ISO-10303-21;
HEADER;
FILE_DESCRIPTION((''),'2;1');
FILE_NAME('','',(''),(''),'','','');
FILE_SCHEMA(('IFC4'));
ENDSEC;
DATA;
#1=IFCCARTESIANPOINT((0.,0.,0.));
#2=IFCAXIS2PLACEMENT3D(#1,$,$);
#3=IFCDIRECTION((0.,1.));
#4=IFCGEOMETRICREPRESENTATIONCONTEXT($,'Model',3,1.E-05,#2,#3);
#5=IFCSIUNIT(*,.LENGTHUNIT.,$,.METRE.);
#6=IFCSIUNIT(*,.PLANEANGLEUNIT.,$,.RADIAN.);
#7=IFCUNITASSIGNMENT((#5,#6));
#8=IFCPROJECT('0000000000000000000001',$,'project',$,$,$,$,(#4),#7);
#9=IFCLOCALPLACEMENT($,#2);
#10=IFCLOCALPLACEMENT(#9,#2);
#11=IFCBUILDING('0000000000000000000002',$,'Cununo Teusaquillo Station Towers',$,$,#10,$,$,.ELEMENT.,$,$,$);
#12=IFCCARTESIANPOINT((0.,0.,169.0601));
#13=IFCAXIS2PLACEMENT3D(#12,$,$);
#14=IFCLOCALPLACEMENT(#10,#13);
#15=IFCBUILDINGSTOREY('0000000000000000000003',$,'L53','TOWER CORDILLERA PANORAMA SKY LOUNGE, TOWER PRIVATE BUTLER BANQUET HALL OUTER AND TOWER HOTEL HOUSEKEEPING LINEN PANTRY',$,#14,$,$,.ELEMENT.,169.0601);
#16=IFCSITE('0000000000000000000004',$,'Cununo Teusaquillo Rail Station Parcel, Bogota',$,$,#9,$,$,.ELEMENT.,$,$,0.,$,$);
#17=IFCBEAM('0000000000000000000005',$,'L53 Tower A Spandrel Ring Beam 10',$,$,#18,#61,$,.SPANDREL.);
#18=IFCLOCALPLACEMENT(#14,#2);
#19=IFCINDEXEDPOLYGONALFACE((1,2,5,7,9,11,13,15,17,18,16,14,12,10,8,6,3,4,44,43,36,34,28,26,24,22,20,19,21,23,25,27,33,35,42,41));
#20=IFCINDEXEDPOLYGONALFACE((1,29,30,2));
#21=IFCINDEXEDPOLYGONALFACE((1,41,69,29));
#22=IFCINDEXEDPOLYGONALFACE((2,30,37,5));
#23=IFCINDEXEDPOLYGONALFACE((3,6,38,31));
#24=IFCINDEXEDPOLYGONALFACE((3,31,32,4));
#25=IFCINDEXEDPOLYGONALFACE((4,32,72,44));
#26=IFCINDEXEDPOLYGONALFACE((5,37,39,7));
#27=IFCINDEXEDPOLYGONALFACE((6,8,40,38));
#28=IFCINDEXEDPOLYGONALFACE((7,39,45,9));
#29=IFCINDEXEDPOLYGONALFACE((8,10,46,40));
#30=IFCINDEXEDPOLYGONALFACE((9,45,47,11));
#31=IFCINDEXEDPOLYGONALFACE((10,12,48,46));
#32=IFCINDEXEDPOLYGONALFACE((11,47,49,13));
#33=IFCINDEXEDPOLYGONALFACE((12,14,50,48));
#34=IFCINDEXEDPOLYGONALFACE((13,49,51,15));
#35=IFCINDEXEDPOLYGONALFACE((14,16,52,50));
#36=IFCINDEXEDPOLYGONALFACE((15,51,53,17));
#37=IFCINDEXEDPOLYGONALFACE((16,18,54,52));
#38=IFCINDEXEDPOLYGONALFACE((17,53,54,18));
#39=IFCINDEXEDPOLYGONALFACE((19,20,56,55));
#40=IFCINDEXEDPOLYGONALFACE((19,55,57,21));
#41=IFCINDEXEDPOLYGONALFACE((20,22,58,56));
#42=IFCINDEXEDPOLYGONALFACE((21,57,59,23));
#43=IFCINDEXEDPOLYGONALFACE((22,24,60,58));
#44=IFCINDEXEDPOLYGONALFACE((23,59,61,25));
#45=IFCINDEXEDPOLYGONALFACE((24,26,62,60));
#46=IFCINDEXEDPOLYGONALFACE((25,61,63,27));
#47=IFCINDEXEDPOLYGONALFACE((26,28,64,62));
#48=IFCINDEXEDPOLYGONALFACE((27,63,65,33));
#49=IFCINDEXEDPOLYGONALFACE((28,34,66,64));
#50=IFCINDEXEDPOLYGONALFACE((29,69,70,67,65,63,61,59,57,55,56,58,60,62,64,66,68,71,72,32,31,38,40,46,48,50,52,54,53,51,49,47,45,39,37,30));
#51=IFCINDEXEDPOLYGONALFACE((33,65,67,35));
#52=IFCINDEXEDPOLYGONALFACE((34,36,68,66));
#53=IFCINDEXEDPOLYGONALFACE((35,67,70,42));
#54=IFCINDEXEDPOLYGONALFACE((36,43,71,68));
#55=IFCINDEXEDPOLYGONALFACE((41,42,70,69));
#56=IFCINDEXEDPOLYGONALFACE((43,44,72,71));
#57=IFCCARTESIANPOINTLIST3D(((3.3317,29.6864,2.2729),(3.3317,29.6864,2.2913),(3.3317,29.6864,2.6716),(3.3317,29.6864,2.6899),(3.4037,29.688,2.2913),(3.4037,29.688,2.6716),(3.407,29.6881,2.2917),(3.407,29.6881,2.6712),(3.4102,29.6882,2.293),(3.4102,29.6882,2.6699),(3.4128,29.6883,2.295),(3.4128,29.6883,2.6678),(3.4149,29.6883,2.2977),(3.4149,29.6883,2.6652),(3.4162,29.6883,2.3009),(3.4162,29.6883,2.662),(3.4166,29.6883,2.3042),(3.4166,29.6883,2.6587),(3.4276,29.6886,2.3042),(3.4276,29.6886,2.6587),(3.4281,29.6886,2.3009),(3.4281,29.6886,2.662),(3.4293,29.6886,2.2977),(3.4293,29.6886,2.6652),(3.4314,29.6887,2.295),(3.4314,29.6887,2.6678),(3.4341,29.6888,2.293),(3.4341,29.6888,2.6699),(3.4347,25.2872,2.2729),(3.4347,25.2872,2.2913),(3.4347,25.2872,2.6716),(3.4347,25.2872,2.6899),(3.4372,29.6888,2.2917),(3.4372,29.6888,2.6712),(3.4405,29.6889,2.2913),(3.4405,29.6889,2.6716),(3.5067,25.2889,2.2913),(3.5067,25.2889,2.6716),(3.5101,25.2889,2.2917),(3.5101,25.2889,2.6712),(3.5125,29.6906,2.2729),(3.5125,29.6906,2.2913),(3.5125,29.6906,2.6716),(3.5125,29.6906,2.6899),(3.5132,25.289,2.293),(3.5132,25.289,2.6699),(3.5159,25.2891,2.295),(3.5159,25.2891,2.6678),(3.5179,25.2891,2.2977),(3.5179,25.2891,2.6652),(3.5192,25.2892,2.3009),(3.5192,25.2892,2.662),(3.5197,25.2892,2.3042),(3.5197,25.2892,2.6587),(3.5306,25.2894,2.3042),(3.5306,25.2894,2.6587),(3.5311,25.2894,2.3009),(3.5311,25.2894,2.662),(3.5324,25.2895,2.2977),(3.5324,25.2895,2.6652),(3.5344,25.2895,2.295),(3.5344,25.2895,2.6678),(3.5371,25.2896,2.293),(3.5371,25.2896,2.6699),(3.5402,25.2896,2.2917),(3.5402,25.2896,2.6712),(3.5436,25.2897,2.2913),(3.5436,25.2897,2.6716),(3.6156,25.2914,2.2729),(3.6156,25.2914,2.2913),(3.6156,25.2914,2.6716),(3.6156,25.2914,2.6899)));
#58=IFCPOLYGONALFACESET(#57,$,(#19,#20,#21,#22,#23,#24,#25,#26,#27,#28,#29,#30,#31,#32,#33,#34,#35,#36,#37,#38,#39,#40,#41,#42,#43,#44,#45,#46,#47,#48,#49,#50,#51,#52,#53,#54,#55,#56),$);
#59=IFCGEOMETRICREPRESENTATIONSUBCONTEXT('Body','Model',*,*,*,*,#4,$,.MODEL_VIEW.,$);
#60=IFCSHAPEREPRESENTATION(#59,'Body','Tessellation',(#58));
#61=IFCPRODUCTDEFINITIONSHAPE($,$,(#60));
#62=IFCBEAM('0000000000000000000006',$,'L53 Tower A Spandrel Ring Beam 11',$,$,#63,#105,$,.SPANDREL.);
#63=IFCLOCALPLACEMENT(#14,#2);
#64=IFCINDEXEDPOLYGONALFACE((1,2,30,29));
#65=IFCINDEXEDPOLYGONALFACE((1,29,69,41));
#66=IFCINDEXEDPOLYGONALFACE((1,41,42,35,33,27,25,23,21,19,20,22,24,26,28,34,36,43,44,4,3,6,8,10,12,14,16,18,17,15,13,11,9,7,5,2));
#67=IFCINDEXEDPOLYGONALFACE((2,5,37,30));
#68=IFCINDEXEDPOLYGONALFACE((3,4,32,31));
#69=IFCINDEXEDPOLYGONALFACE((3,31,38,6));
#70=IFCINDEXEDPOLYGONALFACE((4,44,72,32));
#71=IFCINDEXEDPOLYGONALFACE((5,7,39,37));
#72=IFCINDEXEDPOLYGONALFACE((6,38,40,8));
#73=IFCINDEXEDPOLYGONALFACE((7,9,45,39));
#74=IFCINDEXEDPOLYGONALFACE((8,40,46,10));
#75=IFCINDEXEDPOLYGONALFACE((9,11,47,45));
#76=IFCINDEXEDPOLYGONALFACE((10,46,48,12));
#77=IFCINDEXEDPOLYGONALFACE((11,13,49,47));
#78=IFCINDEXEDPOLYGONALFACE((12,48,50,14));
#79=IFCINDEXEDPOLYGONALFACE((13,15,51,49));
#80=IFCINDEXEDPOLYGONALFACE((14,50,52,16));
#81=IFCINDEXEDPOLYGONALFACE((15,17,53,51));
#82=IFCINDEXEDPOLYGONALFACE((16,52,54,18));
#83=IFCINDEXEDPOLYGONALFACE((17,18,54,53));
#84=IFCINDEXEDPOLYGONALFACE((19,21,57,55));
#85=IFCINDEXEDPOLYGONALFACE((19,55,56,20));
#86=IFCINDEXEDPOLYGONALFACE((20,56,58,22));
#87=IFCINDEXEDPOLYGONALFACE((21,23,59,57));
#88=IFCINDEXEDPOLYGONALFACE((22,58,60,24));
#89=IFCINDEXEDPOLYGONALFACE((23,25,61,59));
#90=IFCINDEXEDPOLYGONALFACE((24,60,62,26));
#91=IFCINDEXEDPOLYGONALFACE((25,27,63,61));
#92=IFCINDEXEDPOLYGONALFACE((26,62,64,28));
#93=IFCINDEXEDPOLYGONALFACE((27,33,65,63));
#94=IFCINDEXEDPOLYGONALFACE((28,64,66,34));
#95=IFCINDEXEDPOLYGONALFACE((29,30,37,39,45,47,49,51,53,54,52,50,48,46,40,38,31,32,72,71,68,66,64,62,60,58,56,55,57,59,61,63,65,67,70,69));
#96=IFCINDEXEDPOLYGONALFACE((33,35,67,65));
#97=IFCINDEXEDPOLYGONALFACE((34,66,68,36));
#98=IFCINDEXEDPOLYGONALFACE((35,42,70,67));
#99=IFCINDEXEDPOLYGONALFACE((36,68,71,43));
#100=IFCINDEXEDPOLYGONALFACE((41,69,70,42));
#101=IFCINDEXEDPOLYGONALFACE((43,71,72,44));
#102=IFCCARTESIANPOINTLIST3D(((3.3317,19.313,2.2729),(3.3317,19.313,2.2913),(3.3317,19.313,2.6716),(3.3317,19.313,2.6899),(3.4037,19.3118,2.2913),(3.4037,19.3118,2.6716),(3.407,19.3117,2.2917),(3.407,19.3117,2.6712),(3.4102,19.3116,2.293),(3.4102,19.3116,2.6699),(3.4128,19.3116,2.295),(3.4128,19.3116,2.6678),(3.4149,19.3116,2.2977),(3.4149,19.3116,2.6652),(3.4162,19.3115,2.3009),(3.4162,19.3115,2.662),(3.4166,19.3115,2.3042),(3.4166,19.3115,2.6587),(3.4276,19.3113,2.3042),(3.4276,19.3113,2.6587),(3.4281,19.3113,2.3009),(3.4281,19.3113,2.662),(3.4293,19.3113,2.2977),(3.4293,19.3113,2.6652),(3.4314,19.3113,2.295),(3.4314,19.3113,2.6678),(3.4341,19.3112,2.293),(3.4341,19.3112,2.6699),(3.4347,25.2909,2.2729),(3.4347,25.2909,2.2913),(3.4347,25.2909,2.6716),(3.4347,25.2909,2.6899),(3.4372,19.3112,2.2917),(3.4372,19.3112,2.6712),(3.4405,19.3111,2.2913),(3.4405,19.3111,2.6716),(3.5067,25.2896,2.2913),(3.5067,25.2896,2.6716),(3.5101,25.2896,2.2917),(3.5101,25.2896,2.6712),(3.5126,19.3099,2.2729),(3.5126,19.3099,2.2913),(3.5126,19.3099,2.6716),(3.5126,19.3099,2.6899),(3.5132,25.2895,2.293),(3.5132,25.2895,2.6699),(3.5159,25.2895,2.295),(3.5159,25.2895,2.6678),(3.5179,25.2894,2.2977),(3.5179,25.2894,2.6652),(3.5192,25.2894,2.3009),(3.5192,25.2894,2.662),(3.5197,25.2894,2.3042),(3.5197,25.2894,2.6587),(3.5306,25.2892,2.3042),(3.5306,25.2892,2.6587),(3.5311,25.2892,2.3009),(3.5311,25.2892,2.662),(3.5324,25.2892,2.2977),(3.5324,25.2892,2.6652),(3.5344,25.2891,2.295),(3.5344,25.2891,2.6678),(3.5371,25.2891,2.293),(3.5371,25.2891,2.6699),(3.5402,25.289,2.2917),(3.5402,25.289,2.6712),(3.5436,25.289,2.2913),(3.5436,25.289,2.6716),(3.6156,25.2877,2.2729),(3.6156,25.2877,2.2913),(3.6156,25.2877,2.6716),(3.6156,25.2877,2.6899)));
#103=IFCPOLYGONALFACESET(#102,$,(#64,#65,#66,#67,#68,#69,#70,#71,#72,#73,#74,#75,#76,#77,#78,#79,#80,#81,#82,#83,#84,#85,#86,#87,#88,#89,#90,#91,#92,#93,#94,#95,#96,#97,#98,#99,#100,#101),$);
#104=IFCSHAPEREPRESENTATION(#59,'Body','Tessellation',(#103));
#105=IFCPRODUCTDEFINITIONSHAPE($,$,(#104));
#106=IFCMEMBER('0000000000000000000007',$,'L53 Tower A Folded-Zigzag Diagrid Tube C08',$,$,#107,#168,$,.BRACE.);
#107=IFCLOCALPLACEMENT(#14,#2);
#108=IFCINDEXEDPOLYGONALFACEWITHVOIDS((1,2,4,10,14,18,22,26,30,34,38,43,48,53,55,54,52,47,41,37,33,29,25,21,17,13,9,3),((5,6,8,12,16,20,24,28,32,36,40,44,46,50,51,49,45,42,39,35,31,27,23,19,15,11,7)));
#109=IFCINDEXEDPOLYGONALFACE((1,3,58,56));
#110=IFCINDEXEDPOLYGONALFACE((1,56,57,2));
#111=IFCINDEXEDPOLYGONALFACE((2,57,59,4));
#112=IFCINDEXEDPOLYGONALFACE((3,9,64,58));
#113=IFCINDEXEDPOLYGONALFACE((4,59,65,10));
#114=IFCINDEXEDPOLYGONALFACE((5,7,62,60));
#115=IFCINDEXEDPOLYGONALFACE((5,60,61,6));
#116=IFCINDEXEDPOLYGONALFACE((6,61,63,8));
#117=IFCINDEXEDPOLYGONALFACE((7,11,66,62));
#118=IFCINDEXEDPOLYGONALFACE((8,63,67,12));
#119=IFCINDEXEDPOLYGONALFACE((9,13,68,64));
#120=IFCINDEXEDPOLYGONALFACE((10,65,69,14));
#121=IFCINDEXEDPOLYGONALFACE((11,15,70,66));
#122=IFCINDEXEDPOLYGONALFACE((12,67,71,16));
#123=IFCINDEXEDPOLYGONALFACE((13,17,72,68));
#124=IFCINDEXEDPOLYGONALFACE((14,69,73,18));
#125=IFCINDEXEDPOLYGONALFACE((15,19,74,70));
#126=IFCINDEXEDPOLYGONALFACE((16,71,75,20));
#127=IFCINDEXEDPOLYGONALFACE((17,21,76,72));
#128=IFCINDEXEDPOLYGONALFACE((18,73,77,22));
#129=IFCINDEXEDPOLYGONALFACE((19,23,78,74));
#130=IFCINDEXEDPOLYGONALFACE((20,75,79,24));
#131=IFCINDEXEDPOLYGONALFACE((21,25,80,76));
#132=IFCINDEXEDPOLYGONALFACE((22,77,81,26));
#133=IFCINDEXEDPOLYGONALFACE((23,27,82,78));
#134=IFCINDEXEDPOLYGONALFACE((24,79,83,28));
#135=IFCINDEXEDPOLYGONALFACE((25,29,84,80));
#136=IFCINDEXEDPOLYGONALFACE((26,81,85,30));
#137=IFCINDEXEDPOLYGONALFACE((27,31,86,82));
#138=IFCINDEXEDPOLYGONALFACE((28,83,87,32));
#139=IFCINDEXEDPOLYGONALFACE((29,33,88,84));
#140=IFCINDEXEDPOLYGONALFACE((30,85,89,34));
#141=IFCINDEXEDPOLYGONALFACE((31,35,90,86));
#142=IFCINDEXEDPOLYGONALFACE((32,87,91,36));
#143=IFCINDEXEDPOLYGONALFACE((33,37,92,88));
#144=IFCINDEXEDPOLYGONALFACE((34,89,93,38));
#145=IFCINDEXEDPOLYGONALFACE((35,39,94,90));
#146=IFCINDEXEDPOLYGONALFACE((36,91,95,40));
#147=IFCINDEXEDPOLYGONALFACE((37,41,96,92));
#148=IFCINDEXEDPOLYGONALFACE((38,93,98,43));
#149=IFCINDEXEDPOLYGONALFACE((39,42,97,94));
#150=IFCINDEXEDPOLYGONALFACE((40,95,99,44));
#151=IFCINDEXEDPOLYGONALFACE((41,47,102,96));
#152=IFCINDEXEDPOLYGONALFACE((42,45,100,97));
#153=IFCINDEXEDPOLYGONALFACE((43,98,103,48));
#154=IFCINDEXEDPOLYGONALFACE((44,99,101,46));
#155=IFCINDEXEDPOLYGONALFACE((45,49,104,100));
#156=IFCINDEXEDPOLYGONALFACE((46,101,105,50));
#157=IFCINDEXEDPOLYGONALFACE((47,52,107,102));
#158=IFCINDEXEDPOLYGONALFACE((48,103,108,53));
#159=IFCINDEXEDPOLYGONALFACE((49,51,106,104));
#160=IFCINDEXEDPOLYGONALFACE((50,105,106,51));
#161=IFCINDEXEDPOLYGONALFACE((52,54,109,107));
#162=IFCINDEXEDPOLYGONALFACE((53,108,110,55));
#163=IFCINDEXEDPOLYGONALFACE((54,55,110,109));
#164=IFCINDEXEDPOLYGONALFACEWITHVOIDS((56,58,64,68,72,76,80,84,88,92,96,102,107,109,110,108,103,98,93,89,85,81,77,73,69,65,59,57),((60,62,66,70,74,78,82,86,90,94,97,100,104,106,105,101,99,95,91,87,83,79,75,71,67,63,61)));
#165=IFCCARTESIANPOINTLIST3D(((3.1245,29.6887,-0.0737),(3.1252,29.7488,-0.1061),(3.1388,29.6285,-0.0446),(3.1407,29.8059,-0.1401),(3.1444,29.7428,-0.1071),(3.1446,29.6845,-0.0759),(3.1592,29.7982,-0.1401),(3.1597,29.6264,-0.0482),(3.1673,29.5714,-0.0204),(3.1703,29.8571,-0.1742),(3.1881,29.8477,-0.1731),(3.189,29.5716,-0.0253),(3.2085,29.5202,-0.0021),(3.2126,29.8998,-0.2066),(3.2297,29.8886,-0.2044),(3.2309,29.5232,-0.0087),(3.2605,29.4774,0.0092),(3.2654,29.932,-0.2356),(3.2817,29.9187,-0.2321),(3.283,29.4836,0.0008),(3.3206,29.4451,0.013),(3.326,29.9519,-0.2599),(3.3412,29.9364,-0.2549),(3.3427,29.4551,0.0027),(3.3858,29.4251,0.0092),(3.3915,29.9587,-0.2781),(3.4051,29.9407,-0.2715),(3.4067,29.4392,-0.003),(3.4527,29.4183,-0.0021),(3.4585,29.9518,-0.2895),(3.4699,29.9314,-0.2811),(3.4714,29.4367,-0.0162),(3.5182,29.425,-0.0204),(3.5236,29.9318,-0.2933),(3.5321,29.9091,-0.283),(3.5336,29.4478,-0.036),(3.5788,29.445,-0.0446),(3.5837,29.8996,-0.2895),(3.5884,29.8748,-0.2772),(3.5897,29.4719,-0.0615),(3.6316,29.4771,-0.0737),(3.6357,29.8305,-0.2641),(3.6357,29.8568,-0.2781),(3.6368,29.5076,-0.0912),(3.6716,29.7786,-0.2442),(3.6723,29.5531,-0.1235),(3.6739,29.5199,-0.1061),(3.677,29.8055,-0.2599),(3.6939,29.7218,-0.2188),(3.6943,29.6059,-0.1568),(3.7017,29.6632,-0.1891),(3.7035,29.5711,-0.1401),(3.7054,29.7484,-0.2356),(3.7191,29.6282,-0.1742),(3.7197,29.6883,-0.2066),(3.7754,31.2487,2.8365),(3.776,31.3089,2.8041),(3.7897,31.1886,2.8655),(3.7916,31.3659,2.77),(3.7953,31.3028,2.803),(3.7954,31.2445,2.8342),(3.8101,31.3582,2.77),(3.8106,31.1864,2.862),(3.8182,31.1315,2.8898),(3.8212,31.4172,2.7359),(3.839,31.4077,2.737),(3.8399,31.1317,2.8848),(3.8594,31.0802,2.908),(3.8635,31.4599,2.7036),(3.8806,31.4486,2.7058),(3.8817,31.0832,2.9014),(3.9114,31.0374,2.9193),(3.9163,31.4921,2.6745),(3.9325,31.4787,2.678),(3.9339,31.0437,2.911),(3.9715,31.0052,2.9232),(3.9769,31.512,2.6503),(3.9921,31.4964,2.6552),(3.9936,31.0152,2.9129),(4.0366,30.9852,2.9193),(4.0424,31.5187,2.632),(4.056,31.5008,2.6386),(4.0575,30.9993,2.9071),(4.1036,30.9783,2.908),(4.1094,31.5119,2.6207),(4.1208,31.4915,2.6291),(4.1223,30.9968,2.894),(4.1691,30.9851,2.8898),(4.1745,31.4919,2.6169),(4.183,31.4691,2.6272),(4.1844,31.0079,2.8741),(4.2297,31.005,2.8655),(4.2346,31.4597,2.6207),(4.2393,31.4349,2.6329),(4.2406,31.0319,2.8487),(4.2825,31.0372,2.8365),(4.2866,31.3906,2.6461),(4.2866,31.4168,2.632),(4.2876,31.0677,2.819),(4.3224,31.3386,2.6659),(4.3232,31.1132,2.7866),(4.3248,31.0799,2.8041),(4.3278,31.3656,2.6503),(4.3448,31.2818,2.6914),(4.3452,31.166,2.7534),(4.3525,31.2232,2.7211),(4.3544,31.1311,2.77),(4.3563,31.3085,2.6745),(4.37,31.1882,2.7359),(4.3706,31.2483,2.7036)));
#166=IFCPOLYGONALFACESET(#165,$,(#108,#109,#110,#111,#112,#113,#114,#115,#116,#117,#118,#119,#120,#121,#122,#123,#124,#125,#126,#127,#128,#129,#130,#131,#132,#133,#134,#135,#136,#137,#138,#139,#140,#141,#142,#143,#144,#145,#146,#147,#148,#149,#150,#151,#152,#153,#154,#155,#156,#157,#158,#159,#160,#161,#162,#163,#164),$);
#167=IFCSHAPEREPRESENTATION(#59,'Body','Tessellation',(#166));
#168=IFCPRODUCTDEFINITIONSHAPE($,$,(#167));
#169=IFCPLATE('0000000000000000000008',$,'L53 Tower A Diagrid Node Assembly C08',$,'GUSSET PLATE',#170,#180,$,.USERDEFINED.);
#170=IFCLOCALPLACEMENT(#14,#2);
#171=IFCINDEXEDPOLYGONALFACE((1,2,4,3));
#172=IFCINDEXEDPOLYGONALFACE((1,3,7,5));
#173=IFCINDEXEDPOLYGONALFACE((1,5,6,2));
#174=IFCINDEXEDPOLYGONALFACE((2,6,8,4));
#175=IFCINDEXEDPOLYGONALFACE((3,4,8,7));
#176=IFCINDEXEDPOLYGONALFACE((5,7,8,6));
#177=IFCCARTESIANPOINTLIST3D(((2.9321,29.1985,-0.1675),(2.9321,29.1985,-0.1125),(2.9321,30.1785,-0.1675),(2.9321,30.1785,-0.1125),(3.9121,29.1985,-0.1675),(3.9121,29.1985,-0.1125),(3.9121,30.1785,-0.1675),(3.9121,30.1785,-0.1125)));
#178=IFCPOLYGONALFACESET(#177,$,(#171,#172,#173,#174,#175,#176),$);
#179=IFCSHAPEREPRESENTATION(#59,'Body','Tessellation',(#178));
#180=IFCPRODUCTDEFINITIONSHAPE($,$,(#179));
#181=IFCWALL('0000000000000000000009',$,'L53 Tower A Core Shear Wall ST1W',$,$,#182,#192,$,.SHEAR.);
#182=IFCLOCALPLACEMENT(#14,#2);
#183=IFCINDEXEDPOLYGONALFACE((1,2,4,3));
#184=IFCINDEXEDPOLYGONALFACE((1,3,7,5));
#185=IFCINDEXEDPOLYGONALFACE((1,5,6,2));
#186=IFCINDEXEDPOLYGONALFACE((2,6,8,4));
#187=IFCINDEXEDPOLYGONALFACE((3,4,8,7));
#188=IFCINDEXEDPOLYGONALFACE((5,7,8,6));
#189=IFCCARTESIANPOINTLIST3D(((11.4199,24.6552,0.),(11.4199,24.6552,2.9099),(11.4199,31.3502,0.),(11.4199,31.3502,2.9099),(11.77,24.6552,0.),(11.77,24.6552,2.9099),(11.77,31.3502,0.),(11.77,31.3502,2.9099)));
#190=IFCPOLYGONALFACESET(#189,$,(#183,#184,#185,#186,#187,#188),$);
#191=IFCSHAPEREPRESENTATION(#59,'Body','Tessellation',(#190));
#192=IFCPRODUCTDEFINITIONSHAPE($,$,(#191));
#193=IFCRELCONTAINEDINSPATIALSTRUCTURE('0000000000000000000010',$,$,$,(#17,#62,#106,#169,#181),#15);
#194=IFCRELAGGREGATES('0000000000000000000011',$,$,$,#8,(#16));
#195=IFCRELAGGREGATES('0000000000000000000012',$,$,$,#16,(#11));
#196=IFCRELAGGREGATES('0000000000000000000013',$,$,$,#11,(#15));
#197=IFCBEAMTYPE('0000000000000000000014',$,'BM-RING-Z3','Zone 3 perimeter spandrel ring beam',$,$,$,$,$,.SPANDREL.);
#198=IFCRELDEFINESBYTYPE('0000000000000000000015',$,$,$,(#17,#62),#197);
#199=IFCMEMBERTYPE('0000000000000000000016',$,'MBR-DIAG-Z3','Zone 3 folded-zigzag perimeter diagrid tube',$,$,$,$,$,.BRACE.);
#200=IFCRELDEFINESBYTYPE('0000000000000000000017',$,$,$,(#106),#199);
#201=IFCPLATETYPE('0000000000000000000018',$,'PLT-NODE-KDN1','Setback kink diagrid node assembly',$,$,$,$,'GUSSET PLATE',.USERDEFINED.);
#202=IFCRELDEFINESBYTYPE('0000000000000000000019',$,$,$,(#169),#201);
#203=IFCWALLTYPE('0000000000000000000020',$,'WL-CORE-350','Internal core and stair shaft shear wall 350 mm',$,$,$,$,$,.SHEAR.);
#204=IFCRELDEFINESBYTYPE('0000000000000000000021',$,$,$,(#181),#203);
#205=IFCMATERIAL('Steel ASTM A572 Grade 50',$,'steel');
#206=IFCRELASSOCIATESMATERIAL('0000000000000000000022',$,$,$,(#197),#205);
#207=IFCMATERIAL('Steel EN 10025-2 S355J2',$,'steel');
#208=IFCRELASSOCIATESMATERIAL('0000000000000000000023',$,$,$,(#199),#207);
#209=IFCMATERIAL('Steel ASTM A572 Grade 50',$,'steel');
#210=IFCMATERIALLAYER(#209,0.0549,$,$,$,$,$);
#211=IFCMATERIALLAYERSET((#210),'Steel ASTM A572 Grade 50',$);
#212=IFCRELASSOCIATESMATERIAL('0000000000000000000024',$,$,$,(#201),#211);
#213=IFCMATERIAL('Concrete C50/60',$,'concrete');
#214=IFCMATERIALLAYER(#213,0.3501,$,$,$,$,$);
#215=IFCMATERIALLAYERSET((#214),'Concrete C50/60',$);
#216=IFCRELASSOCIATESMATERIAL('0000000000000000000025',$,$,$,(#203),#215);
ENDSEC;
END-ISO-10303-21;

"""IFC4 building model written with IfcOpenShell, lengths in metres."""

from ifc_helpers import new_model, si_unit, direction, frame, frame_2d, origin, origin_2d, place, context, subcontext, project, spatial, rectangle, hollow_circle, i_section, extrude, source, transform, mapped, material, layer, layer_set, material_profile, profile_set, type_object, element, save


model = new_model("IFC4")

# Units and contexts
model_context = context("Model", 3, precision=1e-05, world=origin(), true_north=direction((0.0, 1.0)))
body_context = subcontext(model_context, "Body", "Model", "MODEL_VIEW")
ifc_project = project(units=[si_unit("LENGTHUNIT", "METRE"), si_unit("PLANEANGLEUNIT", "RADIAN")], contexts=[model_context])

# Site, building, storey
site_placement = place(None, origin())
site = spatial("IfcSite", under=ifc_project, at=site_placement, Name="Cununo Teusaquillo Rail Station Parcel, Bogota", CompositionType="ELEMENT", RefElevation=0.0)
building_placement = place(site_placement, origin())
building = spatial("IfcBuilding", under=site, at=building_placement, Name="Cununo Teusaquillo Station Towers", CompositionType="ELEMENT")
storey_placement = place(building_placement, frame((0.0, 0.0, 169.0601)))
storey = spatial("IfcBuildingStorey", under=building, at=storey_placement, Name="L53", Description="TOWER CORDILLERA PANORAMA SKY LOUNGE, TOWER PRIVATE BUTLER BANQUET HALL OUTER AND TOWER HOTEL HOUSEKEEPING LINEN PANTRY", CompositionType="ELEMENT", Elevation=169.0601)

# Beams
ifc_material_1 = material(Name="Steel ASTM A572 Grade 50", Category="steel")
ifc_material_profile_1 = material_profile(ifc_material_1, i_section(OverallWidth=0.1809, OverallDepth=0.417, WebThickness=0.011, FlangeThickness=0.0183, FilletRadius=0.0129, at=origin_2d()), Name="W16X57")
ifc_profile_set_1 = profile_set([ifc_material_profile_1], Name="Steel ASTM A572 Grade 50")
beam_type_1 = type_object("IfcBeamType", Name="BM-RING-Z3", Description="Zone 3 perimeter spandrel ring beam", PredefinedType="SPANDREL", material=ifc_profile_set_1)
beam_1_placement = place(storey_placement, frame((3.4221, 29.6885, 2.4814), z_axis=(0.023413, -0.999726, 0.0), x_axis=(0.999726, 0.023413, 0.0)))
element("IfcBeam", 1, at=beam_1_placement, inside=storey, type_object=beam_type_1, Name="L53 Tower A Spandrel Ring Beam 10", PredefinedType="SPANDREL", context=body_context, shape_type="SweptSolid", body=[
    extrude(i_section(OverallWidth=0.1809, OverallDepth=0.417, WebThickness=0.011, FlangeThickness=0.0183, FilletRadius=0.0129, at=origin_2d()), origin(), (0.0, 0.0, 1.0), 4.4004),
])
beam_2_placement = place(storey_placement, frame((3.5251, 25.2893, 2.4814), z_axis=(-0.017232, -0.999852, 0.0), x_axis=(0.999852, -0.017232, 0.0)))
element("IfcBeam", 2, at=beam_2_placement, inside=storey, type_object=beam_type_1, Name="L53 Tower A Spandrel Ring Beam 11", PredefinedType="SPANDREL", context=body_context, shape_type="SweptSolid", body=[
    extrude(i_section(OverallWidth=0.1809, OverallDepth=0.417, WebThickness=0.011, FlangeThickness=0.0183, FilletRadius=0.0129, at=origin_2d()), origin(), (0.0, 0.0, 1.0), 5.9788),
])

# Member
ifc_material_2 = material(Name="Steel EN 10025-2 S355J2", Category="steel")
ifc_material_profile_2 = material_profile(ifc_material_2, hollow_circle(Radius=0.3049, WallThickness=0.02, at=origin_2d()), Name="CHS 610x20")
ifc_profile_set_2 = profile_set([ifc_material_profile_2], Name="Steel EN 10025-2 S355J2")
member_type = type_object("IfcMemberType", Name="MBR-DIAG-Z3", Description="Zone 3 folded-zigzag perimeter diagrid tube", PredefinedType="BRACE", material=ifc_profile_set_2)
member_placement = place(storey_placement, frame((3.4221, 29.6885, -0.1401), z_axis=(0.193399, 0.463548, 0.864708), x_axis=(-0.922897, 0.385046, 0.0)))
element("IfcMember", 3, at=member_placement, inside=storey, type_object=member_type, Name="L53 Tower A Folded-Zigzag Diagrid Tube C08", PredefinedType="BRACE", context=body_context, shape_type="SweptSolid", body=[
    extrude(hollow_circle(Radius=0.3049, WallThickness=0.02, at=origin_2d()), origin(), (0.0, 0.0, 1.0), 3.3655),
])

# Plate
ifc_material_3 = material(Name="Steel ASTM A572 Grade 50", Category="steel")
ifc_layer_1 = layer(ifc_material_3, 0.0549)
ifc_layer_set_1 = layer_set([ifc_layer_1], Name="Steel ASTM A572 Grade 50")
plate_type = type_object("IfcPlateType", Name="PLT-NODE-KDN1", Description="Setback kink diagrid node assembly", ElementType="GUSSET PLATE", PredefinedType="USERDEFINED", material=ifc_layer_set_1)
shared_shape_1 = source(origin(), body_context, "Body", "SweptSolid", [
    extrude(rectangle(XDim=0.98, YDim=0.98, at=origin_2d()), origin(), (0.0, 0.0, 1.0), 0.0549),
])
plate_placement = place(storey_placement, frame((3.4221, 29.6885, -0.1675), z_axis=(0.0, 0.0, 1.0), x_axis=(1.0, 0.0, 0.0)))
element("IfcPlate", 4, at=plate_placement, inside=storey, type_object=plate_type, Name="L53 Tower A Diagrid Node Assembly C08", ObjectType="GUSSET PLATE", PredefinedType="USERDEFINED", context=body_context, shape_type="MappedRepresentation", body=[
    mapped(shared_shape_1, transform((0.0, 0.0, 0.0), x_axis=(1.0, 0.0, 0.0), y_axis=(0.0, 1.0, 0.0), z_axis=(0.0, 0.0, 1.0), scale=1.0)),
])

# Wall
ifc_material_4 = material(Name="Concrete C50/60", Category="concrete")
ifc_layer_2 = layer(ifc_material_4, 0.3501)
ifc_layer_set_2 = layer_set([ifc_layer_2], Name="Concrete C50/60")
wall_type_1 = type_object("IfcWallType", Name="WL-CORE-350", Description="Internal core and stair shaft shear wall 350 mm", PredefinedType="SHEAR", material=ifc_layer_set_2)
wall_1_placement = place(storey_placement, frame((11.595, 24.655, 0.0), z_axis=(0.0, 0.0, 1.0), x_axis=(0.0, 1.0, 0.0)))
element("IfcWall", 5, at=wall_1_placement, inside=storey, type_object=wall_type_1, Name="L53 Tower A Core Shear Wall ST1W", PredefinedType="SHEAR", context=body_context, shape_type="SweptSolid", body=[
    extrude(rectangle(XDim=6.6951, YDim=0.3501, at=frame_2d((3.3477, 0.0))), origin(), (0.0, 0.0, 1.0), 2.9099),
])

save(model, "model.ifc")
